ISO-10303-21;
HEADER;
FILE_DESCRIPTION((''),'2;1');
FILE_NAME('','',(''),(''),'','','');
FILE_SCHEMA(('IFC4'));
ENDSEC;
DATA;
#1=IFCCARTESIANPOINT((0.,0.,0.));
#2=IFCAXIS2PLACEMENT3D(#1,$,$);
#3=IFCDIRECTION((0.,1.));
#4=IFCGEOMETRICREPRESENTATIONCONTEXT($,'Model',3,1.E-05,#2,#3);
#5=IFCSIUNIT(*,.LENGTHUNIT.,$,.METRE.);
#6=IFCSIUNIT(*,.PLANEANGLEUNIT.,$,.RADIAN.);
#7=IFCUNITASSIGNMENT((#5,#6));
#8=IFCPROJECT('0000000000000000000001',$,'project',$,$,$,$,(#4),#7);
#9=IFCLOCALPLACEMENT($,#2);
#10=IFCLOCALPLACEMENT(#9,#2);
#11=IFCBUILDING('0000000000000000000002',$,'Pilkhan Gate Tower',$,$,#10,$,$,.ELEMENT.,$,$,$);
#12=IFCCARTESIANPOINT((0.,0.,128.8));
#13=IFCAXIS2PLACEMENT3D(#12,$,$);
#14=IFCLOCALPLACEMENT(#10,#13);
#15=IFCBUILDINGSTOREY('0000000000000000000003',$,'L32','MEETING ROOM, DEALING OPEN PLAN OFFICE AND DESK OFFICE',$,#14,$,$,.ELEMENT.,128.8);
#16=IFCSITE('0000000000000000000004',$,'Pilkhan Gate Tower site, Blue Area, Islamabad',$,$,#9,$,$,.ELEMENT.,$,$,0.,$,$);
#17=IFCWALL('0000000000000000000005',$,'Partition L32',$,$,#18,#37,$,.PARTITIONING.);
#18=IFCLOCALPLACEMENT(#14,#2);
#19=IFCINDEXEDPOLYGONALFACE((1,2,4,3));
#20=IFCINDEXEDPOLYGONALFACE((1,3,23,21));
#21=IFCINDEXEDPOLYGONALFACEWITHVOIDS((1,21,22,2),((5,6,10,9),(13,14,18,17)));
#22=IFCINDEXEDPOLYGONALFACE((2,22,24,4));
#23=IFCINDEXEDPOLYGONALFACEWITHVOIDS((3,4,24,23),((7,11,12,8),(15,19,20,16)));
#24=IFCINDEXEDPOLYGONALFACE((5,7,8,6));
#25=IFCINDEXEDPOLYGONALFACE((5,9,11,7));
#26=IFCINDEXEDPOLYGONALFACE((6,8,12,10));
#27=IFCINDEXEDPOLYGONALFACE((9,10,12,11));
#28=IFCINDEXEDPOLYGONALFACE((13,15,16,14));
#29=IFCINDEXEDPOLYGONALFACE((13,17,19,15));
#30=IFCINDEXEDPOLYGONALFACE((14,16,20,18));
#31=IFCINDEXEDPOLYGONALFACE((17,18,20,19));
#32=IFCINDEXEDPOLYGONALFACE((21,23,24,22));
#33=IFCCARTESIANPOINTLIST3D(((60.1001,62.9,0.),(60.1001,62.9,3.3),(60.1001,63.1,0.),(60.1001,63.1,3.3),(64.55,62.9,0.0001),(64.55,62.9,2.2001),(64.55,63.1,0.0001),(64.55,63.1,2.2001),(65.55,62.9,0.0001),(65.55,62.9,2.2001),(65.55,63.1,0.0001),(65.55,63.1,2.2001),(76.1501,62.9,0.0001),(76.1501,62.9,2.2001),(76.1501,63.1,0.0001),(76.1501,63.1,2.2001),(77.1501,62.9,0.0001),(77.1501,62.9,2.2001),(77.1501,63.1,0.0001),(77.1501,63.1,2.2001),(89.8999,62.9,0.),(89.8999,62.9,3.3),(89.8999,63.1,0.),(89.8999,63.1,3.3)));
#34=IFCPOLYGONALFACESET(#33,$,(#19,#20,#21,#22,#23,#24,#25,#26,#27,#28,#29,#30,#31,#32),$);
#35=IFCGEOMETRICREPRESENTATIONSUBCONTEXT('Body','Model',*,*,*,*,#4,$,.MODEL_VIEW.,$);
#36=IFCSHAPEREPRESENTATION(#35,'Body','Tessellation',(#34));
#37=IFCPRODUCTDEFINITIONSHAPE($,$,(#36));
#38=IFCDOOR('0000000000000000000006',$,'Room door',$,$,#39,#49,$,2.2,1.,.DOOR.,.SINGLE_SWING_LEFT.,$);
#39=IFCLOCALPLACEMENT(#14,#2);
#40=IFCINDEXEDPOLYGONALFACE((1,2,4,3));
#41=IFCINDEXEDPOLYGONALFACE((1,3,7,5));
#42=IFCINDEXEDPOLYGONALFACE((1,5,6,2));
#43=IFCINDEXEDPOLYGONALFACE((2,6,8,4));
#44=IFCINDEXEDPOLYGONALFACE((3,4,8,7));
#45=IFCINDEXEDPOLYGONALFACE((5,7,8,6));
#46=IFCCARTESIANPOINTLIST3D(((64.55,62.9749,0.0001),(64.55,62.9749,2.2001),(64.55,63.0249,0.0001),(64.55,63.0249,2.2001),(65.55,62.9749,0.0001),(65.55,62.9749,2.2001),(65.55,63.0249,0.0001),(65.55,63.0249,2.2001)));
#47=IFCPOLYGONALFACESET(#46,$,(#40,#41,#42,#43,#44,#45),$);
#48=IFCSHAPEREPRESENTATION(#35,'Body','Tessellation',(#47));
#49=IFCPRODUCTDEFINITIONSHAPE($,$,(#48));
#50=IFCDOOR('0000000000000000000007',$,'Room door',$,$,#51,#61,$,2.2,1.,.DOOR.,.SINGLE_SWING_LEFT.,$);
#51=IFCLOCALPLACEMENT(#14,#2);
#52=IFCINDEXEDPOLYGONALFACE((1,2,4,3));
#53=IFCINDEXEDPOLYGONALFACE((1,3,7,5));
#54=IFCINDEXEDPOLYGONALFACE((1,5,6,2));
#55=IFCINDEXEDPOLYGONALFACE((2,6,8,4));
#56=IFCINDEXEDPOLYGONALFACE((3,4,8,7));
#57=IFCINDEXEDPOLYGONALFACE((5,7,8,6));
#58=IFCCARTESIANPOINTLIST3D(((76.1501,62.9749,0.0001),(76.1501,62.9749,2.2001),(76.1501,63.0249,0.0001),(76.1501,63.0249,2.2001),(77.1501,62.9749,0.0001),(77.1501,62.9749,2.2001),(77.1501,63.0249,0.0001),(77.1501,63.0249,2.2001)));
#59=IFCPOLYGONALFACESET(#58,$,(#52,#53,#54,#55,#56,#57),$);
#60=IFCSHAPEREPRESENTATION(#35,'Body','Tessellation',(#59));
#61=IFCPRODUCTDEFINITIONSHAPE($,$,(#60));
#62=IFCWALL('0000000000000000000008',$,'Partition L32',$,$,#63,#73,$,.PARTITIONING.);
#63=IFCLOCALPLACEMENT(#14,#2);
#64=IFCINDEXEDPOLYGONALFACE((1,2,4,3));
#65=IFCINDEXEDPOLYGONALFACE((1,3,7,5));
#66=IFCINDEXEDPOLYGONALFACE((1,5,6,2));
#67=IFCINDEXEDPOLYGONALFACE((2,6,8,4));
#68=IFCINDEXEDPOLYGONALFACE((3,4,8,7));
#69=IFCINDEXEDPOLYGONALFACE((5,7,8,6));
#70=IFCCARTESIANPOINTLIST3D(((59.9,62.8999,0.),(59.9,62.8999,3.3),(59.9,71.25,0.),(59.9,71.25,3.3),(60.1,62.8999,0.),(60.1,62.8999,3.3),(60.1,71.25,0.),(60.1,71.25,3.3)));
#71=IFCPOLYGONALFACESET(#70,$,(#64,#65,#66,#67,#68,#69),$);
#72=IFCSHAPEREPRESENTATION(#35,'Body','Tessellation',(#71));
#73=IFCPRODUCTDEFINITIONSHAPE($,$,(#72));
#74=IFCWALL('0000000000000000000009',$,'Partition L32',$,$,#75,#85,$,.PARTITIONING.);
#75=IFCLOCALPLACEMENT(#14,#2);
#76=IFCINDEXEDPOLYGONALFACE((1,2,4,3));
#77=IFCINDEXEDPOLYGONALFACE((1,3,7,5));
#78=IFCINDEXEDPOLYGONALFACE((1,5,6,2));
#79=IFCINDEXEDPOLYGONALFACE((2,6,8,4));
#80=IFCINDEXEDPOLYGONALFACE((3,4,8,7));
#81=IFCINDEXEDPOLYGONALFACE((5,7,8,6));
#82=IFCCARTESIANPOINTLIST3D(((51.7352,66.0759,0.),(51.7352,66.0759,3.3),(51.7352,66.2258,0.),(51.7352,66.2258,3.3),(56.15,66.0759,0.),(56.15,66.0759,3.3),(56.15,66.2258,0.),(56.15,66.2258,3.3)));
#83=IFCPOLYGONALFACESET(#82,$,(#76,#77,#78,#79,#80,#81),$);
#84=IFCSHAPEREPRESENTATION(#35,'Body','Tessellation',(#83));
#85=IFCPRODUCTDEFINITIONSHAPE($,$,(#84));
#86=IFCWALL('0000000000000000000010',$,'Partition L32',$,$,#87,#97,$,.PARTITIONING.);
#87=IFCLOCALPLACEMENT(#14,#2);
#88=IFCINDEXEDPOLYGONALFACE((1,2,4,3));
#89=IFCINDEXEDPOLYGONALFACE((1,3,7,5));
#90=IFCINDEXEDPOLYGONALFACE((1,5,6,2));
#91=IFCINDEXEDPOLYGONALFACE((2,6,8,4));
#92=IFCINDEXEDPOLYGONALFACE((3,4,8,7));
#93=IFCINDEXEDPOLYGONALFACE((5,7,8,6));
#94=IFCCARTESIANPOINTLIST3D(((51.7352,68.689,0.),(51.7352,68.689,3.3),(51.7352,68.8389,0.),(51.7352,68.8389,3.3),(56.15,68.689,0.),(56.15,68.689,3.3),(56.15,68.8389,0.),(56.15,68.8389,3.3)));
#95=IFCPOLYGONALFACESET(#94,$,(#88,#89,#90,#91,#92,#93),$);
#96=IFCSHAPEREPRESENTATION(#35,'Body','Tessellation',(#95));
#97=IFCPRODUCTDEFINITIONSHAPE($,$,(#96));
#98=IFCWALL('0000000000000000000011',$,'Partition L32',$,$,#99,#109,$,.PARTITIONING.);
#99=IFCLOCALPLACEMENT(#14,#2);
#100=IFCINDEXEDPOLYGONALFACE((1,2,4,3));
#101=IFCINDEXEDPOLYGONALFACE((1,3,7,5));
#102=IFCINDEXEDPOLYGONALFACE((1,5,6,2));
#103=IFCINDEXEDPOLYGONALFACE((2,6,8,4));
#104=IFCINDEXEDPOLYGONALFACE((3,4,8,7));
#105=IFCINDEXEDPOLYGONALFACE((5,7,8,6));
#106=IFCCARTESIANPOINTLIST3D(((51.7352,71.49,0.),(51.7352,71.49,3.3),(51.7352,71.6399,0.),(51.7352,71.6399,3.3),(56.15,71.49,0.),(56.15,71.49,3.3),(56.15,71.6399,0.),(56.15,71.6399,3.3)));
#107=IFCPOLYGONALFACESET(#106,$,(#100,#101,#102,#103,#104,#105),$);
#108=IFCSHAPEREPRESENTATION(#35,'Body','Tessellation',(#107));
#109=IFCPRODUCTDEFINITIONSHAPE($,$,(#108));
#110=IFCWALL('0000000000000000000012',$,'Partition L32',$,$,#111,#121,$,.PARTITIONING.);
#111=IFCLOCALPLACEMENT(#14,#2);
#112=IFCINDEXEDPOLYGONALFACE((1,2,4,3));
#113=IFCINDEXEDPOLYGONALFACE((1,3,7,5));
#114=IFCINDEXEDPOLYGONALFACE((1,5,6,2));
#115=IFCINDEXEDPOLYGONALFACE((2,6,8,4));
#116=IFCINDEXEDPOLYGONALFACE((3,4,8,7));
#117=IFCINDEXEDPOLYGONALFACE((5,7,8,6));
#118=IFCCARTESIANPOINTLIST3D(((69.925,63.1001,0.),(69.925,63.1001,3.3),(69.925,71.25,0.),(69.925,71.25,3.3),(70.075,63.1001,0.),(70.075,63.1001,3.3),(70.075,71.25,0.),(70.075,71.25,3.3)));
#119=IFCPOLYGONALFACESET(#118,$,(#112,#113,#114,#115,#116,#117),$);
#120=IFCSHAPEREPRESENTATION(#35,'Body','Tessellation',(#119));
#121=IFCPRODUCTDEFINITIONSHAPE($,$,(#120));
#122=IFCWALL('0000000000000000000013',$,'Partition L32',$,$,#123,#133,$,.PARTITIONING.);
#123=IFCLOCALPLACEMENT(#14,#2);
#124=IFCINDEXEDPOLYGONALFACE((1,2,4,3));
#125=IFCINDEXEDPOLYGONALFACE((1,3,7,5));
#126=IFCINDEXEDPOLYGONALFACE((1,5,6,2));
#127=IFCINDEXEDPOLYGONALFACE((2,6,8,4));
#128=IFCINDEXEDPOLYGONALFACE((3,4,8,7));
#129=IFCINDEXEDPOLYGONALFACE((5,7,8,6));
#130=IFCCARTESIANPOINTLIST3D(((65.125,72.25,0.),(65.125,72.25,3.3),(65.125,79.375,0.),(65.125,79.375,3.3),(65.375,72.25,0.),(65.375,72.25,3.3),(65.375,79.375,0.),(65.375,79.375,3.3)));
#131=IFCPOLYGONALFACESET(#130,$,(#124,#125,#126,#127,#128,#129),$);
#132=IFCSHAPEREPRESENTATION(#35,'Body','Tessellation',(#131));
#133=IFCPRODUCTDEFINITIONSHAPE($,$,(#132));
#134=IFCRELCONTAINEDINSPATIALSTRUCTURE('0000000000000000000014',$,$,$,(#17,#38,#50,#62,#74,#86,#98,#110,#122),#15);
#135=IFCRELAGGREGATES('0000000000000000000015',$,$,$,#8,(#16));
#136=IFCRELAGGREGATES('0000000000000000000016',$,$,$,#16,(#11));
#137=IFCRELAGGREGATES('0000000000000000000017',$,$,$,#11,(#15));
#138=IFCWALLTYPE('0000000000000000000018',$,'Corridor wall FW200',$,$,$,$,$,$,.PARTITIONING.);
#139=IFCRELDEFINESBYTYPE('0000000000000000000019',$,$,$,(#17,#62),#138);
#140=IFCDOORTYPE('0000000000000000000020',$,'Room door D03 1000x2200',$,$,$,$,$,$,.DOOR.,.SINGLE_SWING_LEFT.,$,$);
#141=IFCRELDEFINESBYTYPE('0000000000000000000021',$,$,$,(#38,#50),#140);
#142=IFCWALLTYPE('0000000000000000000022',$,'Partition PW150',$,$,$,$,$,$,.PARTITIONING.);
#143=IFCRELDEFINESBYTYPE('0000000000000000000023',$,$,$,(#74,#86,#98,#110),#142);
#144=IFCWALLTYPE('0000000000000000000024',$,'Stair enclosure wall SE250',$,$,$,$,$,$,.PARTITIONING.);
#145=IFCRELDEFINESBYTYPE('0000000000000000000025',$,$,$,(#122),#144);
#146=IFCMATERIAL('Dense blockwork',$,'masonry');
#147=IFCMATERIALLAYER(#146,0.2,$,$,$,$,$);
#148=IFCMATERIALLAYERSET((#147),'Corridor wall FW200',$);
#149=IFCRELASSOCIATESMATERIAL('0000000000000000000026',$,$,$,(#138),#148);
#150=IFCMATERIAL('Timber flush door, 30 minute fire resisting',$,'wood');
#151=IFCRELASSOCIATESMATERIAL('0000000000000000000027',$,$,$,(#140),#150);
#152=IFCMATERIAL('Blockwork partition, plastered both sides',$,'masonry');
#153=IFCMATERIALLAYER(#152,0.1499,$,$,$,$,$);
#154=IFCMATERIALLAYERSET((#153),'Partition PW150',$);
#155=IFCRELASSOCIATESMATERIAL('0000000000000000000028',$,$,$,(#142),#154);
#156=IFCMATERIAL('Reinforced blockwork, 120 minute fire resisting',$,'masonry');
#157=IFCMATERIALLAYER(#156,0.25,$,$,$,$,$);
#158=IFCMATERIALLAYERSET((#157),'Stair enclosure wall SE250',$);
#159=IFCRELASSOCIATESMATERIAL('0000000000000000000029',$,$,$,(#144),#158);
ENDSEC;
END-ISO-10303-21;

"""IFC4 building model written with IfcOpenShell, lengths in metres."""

from ifc_helpers import new_model, si_unit, direction, frame, frame_2d, origin, place, context, subcontext, project, spatial, rectangle, extrude, material, layer, layer_set, type_object, element, fill, save


model = new_model("IFC4")

# Units and contexts
model_context = context("Model", 3, precision=1e-05, world=origin(), true_north=direction((0.0, 1.0)))
body_context = subcontext(model_context, "Body", "Model", "MODEL_VIEW")
ifc_project = project(units=[si_unit("LENGTHUNIT", "METRE"), si_unit("PLANEANGLEUNIT", "RADIAN")], contexts=[model_context])

# Site, building, storey
site_placement = place(None, origin())
site = spatial("IfcSite", under=ifc_project, at=site_placement, Name="Pilkhan Gate Tower site, Blue Area, Islamabad", CompositionType="ELEMENT", RefElevation=0.0)
building_placement = place(site_placement, origin())
building = spatial("IfcBuilding", under=site, at=building_placement, Name="Pilkhan Gate Tower", CompositionType="ELEMENT")
storey_placement = place(building_placement, frame((0.0, 0.0, 128.8)))
storey = spatial("IfcBuildingStorey", under=building, at=storey_placement, Name="L32", Description="MEETING ROOM, DEALING OPEN PLAN OFFICE AND DESK OFFICE", CompositionType="ELEMENT", Elevation=128.8)

# Shared definitions
ifc_material_1 = material(Name="Dense blockwork", Category="masonry")
ifc_layer_1 = layer(ifc_material_1, 0.2)
ifc_layer_set_1 = layer_set([ifc_layer_1], Name="Corridor wall FW200")
wall_type_1 = type_object("IfcWallType", Name="Corridor wall FW200", PredefinedType="PARTITIONING", material=ifc_layer_set_1)
ifc_material_2 = material(Name="Timber flush door, 30 minute fire resisting", Category="wood")
door_type = type_object("IfcDoorType", Name="Room door D03 1000x2200", OperationType="SINGLE_SWING_LEFT", PredefinedType="DOOR", material=ifc_material_2)

# Wall, openings, doors
wall_1_placement = place(storey_placement, frame((60.1001, 63.0, 0.0), z_axis=(0.0, 0.0, 1.0), x_axis=(1.0, 0.0, 0.0)))
wall_1 = element("IfcWall", 1, at=wall_1_placement, inside=storey, type_object=wall_type_1, Name="Partition L32", PredefinedType="PARTITIONING", context=body_context, shape_type="SweptSolid", body=[
    extrude(rectangle(XDim=29.7998, YDim=0.2, at=frame_2d((14.8999, 0.0))), origin(), (0.0, 0.0, 1.0), 3.3),
])
opening_1_placement = place(wall_1_placement, frame((4.45, 0.0, 0.0)))
opening_1 = element("IfcOpeningElement", 2, at=opening_1_placement, cuts=wall_1, PredefinedType="OPENING", context=body_context, shape_type="SweptSolid", body=[
    extrude(rectangle(XDim=1.0, YDim=2.2, at=frame_2d((0.5, 1.1001))), frame((0.0, 0.1099, 0.0), z_axis=(0.0, -1.0, 0.0), x_axis=(1.0, 0.0, 0.0)), (0.0, 0.0, 1.0), 0.22),
])
opening_2_placement = place(wall_1_placement, frame((16.05, 0.0, 0.0)))
opening_2 = element("IfcOpeningElement", 3, at=opening_2_placement, cuts=wall_1, PredefinedType="OPENING", context=body_context, shape_type="SweptSolid", body=[
    extrude(rectangle(XDim=1.0, YDim=2.2, at=frame_2d((0.5, 1.1001))), frame((0.0, 0.1099, 0.0), z_axis=(0.0, -1.0, 0.0), x_axis=(1.0, 0.0, 0.0)), (0.0, 0.0, 1.0), 0.22),
])
door_1_placement = place(opening_1_placement, origin())
door_1 = element("IfcDoor", 4, at=door_1_placement, inside=storey, type_object=door_type, Name="Room door", OperationType="SINGLE_SWING_LEFT", OverallHeight=2.2, OverallWidth=1.0, PredefinedType="DOOR", context=body_context, shape_type="SweptSolid", body=[
    extrude(rectangle(XDim=1.0, YDim=2.2, at=frame_2d((0.5, 1.1001))), frame((0.0, 0.0249, 0.0), z_axis=(0.0, -1.0, 0.0), x_axis=(1.0, 0.0, 0.0)), (0.0, 0.0, 1.0), 0.05),
])
fill(opening_1, door_1)
door_2_placement = place(opening_2_placement, origin())
door_2 = element("IfcDoor", 5, at=door_2_placement, inside=storey, type_object=door_type, Name="Room door", OperationType="SINGLE_SWING_LEFT", OverallHeight=2.2, OverallWidth=1.0, PredefinedType="DOOR", context=body_context, shape_type="SweptSolid", body=[
    extrude(rectangle(XDim=1.0, YDim=2.2, at=frame_2d((0.5, 1.1001))), frame((0.0, 0.0249, 0.0), z_axis=(0.0, -1.0, 0.0), x_axis=(1.0, 0.0, 0.0)), (0.0, 0.0, 1.0), 0.05),
])
fill(opening_2, door_2)

# Walls
wall_2_placement = place(storey_placement, frame((60.0, 62.8999, 0.0), z_axis=(0.0, 0.0, 1.0), x_axis=(0.0, 1.0, 0.0)))
element("IfcWall", 6, at=wall_2_placement, inside=storey, type_object=wall_type_1, Name="Partition L32", PredefinedType="PARTITIONING", context=body_context, shape_type="SweptSolid", body=[
    extrude(rectangle(XDim=8.3501, YDim=0.2, at=frame_2d((4.175, 0.0))), origin(), (0.0, 0.0, 1.0), 3.3),
])
ifc_material_3 = material(Name="Blockwork partition, plastered both sides", Category="masonry")
ifc_layer_2 = layer(ifc_material_3, 0.1499)
ifc_layer_set_2 = layer_set([ifc_layer_2], Name="Partition PW150")
wall_type_2 = type_object("IfcWallType", Name="Partition PW150", PredefinedType="PARTITIONING", material=ifc_layer_set_2)
for number, where, z_axis, x_axis, name in (
    (7, (51.7351, 66.1509, 0.0), (0.0, 0.0, 1.0), (1.0, 0.0, 0.0), "Partition L32"),
    (8, (51.7351, 68.7639, 0.0), (0.0, 0.0, 1.0), (1.0, 0.0, 0.0), "Partition L32"),
    (9, (51.7351, 71.5649, 0.0), (0.0, 0.0, 1.0), (1.0, 0.0, 0.0), "Partition L32"),
):
    element("IfcWall", number, at=place(storey_placement, frame(where, z_axis=z_axis, x_axis=x_axis)), inside=storey, type_object=wall_type_2, Name=name, PredefinedType="PARTITIONING", context=body_context, shape_type="SweptSolid", body=[
        extrude(rectangle(XDim=4.4148, YDim=0.1499, at=frame_2d((2.2075, 0.0))), origin(), (0.0, 0.0, 1.0), 3.3),
    ])
wall_3_placement = place(storey_placement, frame((70.0, 63.1001, 0.0), z_axis=(0.0, 0.0, 1.0), x_axis=(0.0, 1.0, 0.0)))
element("IfcWall", 10, at=wall_3_placement, inside=storey, type_object=wall_type_2, Name="Partition L32", PredefinedType="PARTITIONING", context=body_context, shape_type="SweptSolid", body=[
    extrude(rectangle(XDim=8.1499, YDim=0.1499, at=frame_2d((4.075, 0.0))), origin(), (0.0, 0.0, 1.0), 3.3),
])
ifc_material_4 = material(Name="Reinforced blockwork, 120 minute fire resisting", Category="masonry")
ifc_layer_3 = layer(ifc_material_4, 0.25)
ifc_layer_set_3 = layer_set([ifc_layer_3], Name="Stair enclosure wall SE250")
wall_type_3 = type_object("IfcWallType", Name="Stair enclosure wall SE250", PredefinedType="PARTITIONING", material=ifc_layer_set_3)
wall_4_placement = place(storey_placement, frame((65.25, 72.25, 0.0), z_axis=(0.0, 0.0, 1.0), x_axis=(0.0, 1.0, 0.0)))
element("IfcWall", 11, at=wall_4_placement, inside=storey, type_object=wall_type_3, Name="Partition L32", PredefinedType="PARTITIONING", context=body_context, shape_type="SweptSolid", body=[
    extrude(rectangle(XDim=7.125, YDim=0.25, at=frame_2d((3.5625, 0.0))), origin(), (0.0, 0.0, 1.0), 3.3),
])

save(model, "model.ifc")
